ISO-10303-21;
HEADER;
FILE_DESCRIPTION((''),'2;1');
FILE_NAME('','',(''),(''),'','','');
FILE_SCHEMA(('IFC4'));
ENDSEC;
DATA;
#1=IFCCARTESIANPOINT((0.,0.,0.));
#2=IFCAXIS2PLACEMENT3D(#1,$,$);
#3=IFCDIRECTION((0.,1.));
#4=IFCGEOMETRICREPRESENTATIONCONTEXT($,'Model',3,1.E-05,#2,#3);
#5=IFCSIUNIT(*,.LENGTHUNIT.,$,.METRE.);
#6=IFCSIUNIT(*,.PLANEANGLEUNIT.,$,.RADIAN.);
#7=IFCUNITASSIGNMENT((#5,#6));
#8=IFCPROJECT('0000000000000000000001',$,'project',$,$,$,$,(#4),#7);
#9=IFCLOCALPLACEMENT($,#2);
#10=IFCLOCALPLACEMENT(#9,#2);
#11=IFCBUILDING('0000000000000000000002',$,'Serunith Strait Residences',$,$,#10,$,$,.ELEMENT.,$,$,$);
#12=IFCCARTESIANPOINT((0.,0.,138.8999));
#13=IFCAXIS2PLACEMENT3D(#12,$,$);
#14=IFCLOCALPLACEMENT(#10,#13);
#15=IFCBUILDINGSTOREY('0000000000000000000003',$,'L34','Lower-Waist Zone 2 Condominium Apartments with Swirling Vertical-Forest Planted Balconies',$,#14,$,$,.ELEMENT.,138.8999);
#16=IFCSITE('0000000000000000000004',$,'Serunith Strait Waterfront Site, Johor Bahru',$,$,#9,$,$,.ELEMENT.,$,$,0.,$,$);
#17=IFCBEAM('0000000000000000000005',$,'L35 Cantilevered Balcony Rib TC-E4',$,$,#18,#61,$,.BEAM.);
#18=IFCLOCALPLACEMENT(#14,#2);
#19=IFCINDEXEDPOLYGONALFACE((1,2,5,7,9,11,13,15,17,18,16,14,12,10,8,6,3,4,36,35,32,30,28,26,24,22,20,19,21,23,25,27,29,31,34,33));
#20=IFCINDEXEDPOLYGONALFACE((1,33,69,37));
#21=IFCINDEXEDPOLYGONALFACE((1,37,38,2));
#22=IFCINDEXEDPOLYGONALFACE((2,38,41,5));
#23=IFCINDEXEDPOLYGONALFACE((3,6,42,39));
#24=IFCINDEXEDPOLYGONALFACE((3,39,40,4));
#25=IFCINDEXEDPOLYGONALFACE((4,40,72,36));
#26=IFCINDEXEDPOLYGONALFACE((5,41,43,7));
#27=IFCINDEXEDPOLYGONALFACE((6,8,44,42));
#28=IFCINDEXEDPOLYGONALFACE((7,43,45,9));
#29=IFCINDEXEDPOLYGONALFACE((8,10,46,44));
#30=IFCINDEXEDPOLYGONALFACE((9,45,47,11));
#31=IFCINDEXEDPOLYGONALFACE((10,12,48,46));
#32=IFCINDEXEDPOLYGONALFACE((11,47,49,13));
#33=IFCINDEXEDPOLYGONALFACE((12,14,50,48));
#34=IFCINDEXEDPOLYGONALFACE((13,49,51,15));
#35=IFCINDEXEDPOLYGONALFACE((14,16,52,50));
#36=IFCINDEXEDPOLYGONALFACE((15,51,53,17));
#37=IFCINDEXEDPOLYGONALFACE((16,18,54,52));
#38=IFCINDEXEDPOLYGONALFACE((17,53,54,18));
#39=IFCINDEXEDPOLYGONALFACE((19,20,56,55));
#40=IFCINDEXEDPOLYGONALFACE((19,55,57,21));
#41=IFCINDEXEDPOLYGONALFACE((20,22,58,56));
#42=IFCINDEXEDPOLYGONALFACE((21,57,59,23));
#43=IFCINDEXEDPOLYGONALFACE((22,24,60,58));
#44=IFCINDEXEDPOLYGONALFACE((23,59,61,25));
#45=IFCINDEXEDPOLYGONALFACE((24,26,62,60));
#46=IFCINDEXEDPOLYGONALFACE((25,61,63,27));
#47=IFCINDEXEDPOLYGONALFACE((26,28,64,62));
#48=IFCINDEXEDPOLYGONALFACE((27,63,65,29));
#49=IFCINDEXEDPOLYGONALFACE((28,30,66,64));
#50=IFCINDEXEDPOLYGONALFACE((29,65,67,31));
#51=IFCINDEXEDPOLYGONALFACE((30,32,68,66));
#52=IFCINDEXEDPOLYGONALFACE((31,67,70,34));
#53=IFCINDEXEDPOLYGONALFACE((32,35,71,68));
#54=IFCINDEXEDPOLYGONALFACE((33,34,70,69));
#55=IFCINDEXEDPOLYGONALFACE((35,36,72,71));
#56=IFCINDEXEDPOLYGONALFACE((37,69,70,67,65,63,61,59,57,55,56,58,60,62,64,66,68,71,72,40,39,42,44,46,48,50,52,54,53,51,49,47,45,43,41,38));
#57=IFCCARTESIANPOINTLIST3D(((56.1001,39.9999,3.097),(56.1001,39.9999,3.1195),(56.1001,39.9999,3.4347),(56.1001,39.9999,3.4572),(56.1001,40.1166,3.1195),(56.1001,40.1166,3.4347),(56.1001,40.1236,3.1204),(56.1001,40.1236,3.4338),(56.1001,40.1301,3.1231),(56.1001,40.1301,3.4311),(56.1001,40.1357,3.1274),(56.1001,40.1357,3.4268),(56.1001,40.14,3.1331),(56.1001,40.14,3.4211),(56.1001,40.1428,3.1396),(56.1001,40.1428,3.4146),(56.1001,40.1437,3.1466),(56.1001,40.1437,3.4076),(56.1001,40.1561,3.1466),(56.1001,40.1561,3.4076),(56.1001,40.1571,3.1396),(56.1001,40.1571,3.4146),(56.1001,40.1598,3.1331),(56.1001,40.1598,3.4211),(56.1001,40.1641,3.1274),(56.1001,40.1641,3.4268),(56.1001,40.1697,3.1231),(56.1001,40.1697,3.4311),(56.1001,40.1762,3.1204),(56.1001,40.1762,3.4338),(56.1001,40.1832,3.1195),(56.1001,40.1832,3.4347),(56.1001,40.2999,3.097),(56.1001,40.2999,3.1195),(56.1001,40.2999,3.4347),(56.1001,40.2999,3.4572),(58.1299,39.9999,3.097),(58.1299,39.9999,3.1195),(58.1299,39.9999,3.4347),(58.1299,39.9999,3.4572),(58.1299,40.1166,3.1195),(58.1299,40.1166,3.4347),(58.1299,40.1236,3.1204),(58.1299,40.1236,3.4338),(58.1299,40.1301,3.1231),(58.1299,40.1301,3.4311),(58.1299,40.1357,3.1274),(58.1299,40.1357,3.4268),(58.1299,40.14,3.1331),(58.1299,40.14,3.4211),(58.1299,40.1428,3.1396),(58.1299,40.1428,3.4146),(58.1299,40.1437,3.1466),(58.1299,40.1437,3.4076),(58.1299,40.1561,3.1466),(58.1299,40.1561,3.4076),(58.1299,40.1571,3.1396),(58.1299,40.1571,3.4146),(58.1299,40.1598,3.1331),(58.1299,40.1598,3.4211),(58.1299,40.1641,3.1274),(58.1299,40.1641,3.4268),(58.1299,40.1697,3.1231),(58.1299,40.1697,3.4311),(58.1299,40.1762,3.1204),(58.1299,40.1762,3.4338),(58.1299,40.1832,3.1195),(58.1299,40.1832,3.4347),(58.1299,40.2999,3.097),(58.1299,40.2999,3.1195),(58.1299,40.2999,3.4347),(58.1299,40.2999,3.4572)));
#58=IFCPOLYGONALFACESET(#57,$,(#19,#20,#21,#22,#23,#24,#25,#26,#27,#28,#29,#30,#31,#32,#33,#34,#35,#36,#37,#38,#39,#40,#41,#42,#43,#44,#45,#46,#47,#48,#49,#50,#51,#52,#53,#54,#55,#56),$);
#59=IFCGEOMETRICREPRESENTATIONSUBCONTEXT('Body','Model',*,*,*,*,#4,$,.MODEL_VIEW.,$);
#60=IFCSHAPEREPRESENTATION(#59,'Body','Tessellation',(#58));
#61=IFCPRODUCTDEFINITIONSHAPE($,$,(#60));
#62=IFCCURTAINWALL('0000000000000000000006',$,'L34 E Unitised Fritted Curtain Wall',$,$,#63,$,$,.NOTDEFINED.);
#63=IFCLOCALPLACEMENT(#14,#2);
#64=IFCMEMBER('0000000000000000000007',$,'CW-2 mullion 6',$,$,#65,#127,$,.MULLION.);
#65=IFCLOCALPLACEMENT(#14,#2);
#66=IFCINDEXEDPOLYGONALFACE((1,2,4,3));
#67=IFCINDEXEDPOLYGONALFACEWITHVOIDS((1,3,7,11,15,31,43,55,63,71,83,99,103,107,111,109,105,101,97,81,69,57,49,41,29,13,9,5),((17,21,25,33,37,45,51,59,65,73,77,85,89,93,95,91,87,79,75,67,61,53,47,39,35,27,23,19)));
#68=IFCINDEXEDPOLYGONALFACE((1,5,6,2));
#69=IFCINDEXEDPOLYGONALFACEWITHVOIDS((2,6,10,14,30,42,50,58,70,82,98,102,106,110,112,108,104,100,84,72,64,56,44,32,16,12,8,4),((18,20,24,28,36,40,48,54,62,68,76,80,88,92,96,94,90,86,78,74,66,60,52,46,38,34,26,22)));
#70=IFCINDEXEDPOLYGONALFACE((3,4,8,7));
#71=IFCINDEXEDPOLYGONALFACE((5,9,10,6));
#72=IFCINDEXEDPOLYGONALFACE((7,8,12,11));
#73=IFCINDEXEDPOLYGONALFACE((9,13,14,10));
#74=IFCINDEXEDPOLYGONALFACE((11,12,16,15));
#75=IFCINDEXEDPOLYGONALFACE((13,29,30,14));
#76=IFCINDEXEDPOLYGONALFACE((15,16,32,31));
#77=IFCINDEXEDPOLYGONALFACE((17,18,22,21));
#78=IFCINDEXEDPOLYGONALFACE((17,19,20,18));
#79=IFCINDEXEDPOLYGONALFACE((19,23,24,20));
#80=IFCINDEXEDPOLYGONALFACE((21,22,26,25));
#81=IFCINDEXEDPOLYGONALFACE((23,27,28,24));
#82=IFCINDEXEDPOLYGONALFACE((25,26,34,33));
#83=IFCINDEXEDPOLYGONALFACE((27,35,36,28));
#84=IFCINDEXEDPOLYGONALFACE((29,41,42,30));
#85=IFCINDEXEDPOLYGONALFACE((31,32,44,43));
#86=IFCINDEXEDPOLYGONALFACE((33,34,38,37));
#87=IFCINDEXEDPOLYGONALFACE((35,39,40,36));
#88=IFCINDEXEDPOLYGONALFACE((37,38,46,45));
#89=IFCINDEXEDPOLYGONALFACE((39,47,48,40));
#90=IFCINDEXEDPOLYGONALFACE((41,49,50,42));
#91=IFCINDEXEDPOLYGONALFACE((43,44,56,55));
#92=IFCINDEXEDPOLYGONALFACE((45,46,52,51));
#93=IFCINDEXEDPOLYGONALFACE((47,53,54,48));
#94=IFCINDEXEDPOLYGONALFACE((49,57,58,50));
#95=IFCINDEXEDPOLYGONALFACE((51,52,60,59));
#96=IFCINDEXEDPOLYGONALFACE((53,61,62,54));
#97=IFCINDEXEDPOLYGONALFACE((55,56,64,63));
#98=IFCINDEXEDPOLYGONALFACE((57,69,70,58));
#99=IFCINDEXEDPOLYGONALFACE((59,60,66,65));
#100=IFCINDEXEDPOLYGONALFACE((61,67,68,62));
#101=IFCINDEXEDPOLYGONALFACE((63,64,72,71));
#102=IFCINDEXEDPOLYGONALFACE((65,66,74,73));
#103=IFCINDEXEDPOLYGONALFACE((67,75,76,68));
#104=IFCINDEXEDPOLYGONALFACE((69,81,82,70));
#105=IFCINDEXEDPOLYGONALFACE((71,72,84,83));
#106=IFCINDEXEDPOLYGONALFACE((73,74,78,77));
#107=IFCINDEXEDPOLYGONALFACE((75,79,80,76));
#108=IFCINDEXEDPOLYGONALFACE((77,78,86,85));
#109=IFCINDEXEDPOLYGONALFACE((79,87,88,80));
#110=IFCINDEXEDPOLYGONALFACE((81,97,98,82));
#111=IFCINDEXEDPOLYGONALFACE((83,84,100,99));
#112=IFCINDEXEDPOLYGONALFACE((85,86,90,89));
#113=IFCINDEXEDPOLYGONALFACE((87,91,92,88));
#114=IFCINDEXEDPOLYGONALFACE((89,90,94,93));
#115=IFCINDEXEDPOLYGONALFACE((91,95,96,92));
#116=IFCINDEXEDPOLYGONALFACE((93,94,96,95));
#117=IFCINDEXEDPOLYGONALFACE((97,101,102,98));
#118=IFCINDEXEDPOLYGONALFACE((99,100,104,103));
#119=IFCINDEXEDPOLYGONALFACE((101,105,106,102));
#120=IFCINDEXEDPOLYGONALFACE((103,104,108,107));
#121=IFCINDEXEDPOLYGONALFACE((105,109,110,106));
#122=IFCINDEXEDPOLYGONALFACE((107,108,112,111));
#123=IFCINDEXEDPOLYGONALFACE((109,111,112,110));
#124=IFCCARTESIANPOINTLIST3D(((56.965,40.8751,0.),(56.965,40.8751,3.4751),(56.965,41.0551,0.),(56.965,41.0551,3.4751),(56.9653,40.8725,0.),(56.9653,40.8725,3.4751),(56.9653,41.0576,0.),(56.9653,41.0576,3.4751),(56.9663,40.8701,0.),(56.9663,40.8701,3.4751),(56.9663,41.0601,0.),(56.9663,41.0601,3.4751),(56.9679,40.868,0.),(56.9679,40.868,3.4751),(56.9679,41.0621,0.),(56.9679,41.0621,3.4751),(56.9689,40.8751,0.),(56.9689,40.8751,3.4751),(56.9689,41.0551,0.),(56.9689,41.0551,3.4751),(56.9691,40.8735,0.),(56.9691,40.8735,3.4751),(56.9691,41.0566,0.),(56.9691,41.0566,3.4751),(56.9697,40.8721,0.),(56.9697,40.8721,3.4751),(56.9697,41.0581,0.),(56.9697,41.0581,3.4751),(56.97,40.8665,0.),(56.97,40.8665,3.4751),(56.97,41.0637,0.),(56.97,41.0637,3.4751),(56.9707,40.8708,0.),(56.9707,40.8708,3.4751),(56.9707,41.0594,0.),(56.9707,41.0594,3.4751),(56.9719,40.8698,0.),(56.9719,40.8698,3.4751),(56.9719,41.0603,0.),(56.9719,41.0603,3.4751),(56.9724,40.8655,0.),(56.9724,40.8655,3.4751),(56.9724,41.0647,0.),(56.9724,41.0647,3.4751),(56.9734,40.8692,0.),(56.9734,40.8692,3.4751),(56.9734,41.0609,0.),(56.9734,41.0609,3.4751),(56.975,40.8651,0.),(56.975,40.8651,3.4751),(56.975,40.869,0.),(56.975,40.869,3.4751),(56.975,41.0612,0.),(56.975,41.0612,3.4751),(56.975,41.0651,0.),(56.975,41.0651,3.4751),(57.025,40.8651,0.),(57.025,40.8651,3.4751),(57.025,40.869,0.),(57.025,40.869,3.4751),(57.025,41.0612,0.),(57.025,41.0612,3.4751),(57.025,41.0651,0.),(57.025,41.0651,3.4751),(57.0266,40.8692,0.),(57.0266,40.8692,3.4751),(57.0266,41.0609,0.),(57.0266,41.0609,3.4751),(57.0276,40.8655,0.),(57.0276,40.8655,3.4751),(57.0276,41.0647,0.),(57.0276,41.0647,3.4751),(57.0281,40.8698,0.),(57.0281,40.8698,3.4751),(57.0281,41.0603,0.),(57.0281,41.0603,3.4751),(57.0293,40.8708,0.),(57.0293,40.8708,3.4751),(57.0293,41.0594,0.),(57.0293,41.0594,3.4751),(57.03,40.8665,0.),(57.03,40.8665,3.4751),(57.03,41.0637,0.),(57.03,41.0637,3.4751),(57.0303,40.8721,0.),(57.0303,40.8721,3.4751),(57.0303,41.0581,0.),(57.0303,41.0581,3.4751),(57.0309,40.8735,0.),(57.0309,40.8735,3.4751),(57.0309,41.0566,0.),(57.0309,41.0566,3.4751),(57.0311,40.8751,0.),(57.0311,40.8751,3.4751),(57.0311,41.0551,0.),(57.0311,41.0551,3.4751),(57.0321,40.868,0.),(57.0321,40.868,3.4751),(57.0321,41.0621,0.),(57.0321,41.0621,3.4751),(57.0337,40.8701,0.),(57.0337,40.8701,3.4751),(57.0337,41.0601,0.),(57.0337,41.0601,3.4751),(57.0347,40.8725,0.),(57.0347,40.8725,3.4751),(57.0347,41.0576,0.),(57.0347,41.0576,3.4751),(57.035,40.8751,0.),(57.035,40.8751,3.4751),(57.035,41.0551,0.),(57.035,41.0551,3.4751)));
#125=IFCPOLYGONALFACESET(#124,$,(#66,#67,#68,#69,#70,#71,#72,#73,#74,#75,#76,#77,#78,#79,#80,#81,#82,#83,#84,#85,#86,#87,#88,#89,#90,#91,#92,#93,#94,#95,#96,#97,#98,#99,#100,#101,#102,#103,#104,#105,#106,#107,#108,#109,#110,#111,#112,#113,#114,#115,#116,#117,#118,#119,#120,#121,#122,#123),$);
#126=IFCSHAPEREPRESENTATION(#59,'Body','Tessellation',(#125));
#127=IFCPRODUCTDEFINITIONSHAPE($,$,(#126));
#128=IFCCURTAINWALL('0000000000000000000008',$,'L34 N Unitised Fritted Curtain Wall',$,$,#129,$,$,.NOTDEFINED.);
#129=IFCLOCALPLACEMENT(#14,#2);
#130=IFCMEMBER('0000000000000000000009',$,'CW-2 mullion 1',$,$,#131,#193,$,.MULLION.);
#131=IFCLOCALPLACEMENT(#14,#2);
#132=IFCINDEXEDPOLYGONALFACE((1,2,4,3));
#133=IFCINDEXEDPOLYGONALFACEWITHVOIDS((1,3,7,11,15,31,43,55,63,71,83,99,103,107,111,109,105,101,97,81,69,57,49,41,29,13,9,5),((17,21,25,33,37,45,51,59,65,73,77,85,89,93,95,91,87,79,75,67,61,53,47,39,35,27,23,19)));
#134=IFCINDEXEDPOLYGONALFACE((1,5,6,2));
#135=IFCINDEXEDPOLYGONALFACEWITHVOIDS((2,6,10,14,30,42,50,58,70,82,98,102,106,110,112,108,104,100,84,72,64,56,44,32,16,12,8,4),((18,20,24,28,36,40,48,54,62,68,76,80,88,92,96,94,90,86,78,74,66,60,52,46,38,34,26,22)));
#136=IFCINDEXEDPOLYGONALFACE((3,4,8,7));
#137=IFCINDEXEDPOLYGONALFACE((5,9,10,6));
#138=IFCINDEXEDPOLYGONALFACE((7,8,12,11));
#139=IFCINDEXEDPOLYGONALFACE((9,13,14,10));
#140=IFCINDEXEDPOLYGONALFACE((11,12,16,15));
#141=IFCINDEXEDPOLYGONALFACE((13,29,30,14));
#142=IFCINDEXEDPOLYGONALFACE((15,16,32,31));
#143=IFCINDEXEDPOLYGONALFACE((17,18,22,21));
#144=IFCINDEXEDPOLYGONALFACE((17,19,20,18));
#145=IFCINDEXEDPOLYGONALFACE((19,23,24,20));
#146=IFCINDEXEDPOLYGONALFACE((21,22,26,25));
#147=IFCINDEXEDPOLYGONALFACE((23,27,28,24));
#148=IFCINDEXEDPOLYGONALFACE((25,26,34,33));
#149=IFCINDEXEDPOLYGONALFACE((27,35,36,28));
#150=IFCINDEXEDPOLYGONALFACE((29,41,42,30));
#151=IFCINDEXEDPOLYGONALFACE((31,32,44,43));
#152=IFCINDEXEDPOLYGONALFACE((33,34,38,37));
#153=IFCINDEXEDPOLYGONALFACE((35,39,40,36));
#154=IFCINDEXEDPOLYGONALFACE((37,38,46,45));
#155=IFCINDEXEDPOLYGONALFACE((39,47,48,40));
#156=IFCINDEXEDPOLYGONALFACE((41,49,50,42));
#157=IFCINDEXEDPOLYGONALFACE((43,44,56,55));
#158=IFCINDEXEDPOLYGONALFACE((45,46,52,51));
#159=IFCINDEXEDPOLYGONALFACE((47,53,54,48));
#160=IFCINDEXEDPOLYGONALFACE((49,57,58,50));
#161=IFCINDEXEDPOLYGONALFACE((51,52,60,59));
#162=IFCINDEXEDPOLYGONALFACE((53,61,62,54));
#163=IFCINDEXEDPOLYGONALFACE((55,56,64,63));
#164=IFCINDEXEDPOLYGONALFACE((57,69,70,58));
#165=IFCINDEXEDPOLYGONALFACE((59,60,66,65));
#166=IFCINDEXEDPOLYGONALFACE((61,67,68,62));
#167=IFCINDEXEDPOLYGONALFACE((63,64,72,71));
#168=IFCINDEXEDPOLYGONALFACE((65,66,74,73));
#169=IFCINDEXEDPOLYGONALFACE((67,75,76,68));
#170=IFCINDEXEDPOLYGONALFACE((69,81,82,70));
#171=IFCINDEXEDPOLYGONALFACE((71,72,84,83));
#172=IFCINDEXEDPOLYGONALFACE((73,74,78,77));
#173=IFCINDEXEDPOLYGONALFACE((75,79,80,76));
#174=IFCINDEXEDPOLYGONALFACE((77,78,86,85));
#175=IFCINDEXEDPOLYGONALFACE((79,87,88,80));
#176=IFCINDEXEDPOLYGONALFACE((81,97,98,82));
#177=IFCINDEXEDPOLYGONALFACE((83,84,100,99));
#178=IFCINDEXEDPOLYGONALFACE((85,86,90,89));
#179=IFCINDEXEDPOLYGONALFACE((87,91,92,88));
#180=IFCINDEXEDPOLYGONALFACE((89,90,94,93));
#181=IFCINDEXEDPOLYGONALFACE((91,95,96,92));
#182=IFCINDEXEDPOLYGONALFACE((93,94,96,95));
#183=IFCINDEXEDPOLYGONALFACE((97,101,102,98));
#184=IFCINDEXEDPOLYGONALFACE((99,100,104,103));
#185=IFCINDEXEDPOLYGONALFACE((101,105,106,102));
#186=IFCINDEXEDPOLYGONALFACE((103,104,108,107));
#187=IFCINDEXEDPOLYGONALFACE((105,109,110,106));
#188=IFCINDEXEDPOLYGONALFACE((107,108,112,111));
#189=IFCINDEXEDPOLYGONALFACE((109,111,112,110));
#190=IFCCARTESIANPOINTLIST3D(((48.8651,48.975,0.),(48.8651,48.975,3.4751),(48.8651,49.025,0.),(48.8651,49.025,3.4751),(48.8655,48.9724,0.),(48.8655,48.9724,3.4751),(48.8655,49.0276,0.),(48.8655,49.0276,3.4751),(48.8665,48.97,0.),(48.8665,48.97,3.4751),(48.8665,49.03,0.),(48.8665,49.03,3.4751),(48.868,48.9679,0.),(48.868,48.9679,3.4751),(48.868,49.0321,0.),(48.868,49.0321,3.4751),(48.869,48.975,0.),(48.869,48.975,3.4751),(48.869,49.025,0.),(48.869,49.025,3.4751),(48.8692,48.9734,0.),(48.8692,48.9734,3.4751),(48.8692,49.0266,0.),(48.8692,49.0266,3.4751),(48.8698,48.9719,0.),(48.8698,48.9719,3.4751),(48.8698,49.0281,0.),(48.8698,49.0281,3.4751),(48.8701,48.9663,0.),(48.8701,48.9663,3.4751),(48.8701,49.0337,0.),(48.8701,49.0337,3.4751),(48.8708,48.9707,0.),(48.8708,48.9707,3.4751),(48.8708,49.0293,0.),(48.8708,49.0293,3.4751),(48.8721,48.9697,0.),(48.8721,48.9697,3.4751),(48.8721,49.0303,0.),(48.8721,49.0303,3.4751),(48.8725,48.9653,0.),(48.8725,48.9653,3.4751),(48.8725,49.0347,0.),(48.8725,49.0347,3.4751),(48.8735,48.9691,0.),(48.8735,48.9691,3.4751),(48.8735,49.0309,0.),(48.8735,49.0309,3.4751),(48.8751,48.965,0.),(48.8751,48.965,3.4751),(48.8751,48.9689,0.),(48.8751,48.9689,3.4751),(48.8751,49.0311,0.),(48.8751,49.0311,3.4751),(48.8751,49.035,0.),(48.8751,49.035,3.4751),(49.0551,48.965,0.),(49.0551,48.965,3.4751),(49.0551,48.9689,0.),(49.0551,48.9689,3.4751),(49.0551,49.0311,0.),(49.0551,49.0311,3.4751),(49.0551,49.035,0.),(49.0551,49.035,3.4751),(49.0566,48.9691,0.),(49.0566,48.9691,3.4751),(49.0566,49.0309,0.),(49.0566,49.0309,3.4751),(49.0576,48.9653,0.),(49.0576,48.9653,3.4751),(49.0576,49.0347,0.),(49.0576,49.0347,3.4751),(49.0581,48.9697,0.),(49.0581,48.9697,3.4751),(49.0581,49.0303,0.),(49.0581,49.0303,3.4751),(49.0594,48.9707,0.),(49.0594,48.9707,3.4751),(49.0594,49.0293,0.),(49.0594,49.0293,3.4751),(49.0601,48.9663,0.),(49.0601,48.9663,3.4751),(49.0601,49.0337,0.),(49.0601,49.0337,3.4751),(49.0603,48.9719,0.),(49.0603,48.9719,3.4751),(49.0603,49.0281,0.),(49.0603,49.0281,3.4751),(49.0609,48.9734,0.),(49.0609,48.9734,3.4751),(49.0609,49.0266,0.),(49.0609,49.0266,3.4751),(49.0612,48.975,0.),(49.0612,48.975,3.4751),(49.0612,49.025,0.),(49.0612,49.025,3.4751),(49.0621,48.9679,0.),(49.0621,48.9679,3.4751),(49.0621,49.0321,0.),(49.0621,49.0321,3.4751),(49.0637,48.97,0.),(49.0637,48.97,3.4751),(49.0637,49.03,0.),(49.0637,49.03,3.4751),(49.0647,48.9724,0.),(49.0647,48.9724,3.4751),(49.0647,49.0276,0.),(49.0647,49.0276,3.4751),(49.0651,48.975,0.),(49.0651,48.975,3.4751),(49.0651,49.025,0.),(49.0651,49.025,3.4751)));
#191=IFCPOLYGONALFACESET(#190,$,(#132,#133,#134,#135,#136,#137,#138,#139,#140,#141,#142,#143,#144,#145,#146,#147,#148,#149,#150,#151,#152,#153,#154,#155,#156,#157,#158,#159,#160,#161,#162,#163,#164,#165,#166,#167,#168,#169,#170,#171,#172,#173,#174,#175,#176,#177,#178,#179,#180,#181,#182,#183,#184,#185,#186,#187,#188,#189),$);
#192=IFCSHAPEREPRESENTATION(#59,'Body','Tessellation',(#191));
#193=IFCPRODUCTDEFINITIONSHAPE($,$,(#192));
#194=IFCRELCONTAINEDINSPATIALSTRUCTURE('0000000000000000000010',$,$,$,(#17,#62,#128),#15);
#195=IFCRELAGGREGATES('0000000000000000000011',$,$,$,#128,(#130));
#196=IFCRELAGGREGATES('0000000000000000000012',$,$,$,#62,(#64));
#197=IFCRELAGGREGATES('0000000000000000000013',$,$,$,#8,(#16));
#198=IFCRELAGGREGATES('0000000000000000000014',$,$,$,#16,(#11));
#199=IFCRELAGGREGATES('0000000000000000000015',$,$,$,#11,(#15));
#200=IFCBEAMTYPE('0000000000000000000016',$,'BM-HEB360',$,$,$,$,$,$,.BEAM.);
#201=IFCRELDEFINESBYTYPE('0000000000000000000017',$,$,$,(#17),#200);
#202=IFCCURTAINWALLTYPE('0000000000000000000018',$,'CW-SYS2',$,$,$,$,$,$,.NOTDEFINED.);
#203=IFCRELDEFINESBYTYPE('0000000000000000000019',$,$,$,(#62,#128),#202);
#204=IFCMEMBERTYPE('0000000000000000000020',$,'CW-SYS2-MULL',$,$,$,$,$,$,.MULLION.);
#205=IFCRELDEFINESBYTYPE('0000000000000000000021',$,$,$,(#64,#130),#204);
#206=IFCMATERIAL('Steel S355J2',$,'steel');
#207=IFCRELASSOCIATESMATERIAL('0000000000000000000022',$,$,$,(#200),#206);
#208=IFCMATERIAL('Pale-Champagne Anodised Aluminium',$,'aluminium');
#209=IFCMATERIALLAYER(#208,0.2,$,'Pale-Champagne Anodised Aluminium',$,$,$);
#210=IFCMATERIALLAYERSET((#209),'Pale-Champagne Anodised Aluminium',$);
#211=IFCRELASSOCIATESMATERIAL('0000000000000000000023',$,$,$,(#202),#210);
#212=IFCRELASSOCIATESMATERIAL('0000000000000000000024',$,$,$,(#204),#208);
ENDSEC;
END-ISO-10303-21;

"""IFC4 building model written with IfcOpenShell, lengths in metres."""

from ifc_helpers import new_model, si_unit, direction, frame, origin, origin_2d, place, context, subcontext, project, spatial, hollow_rectangle, i_section, extrude, source, transform, mapped, material, layer, layer_set, material_profile, profile_set, type_object, element, aggregate, save


model = new_model("IFC4")

# Units and contexts
model_context = context("Model", 3, precision=1e-05, world=origin(), true_north=direction((0.0, 1.0)))
body_context = subcontext(model_context, "Body", "Model", "MODEL_VIEW")
ifc_project = project(units=[si_unit("LENGTHUNIT", "METRE"), si_unit("PLANEANGLEUNIT", "RADIAN")], contexts=[model_context])

# Site, building, storey
site_placement = place(None, origin())
site = spatial("IfcSite", under=ifc_project, at=site_placement, Name="Serunith Strait Waterfront Site, Johor Bahru", CompositionType="ELEMENT", RefElevation=0.0)
building_placement = place(site_placement, origin())
building = spatial("IfcBuilding", under=site, at=building_placement, Name="Serunith Strait Residences", CompositionType="ELEMENT")
storey_placement = place(building_placement, frame((0.0, 0.0, 138.8999)))
storey = spatial("IfcBuildingStorey", under=building, at=storey_placement, Name="L34", Description="Lower-Waist Zone 2 Condominium Apartments with Swirling Vertical-Forest Planted Balconies", CompositionType="ELEMENT", Elevation=138.8999)

# Beam
ifc_material_1 = material(Name="Steel S355J2", Category="steel")
ifc_material_profile_1 = material_profile(ifc_material_1, i_section(OverallWidth=0.3, OverallDepth=0.3601, WebThickness=0.0125, FlangeThickness=0.0225, FilletRadius=0.0271, at=origin_2d()), Name="HEB 360")
ifc_profile_set_1 = profile_set([ifc_material_profile_1], Name="Steel S355J2")
beam_type_1 = type_object("IfcBeamType", Name="BM-HEB360", PredefinedType="BEAM", material=ifc_profile_set_1)
shared_shape_1 = source(origin(), body_context, "Body", "SweptSolid", [
    extrude(i_section(OverallWidth=0.3, OverallDepth=0.3601, WebThickness=0.0125, FlangeThickness=0.0225, FilletRadius=0.0271, at=origin_2d()), origin(), (0.0, 0.0, 1.0), 2.0298),
])
for number, where, z_axis, x_axis, name in (
    (1, (56.1001, 40.1499, 3.2771), (1.0, 0.0, 0.0), (0.0, 1.0, 0.0), "L35 Cantilevered Balcony Rib TC-E4"),
):
    element("IfcBeam", number, at=place(storey_placement, frame(where, z_axis=z_axis, x_axis=x_axis)), inside=storey, type_object=beam_type_1, Name=name, PredefinedType="BEAM", context=body_context, shape_type="MappedRepresentation", body=[
        mapped(shared_shape_1, transform((0.0, 0.0, 0.0), scale=1.0)),
    ])

# Curtain wall, member
ifc_material_2 = material(Name="Pale-Champagne Anodised Aluminium", Category="aluminium")
ifc_layer_1 = layer(ifc_material_2, 0.2, Name="Pale-Champagne Anodised Aluminium")
ifc_layer_set_1 = layer_set([ifc_layer_1], Name="Pale-Champagne Anodised Aluminium")
curtain_wall_type = type_object("IfcCurtainWallType", Name="CW-SYS2", PredefinedType="NOTDEFINED", material=ifc_layer_set_1)
curtain_wall_1_placement = place(storey_placement, origin())
curtain_wall_1 = element("IfcCurtainWall", 2, at=curtain_wall_1_placement, inside=storey, type_object=curtain_wall_type, Name="L34 E Unitised Fritted Curtain Wall", PredefinedType="NOTDEFINED")
ifc_material_profile_2 = material_profile(ifc_material_2, hollow_rectangle(XDim=0.0701, YDim=0.2, WallThickness=0.0039, InnerFilletRadius=0.0061, OuterFilletRadius=0.01, at=origin_2d()), Name="ALU 200x70x4")
ifc_profile_set_2 = profile_set([ifc_material_profile_2], Name="Pale-Champagne Anodised Aluminium")
member_type_1 = type_object("IfcMemberType", Name="CW-SYS2-MULL", PredefinedType="MULLION", material=ifc_profile_set_2)
shared_shape_2 = source(origin(), body_context, "Body", "SweptSolid", [
    extrude(hollow_rectangle(XDim=0.0701, YDim=0.2, WallThickness=0.0039, InnerFilletRadius=0.0061, OuterFilletRadius=0.01, at=origin_2d()), origin(), (0.0, 0.0, 1.0), 3.4751),
])
member_1_placement = place(storey_placement, frame((57.0, 40.9651, 0.0), z_axis=(0.0, 0.0, 1.0), x_axis=(-1.0, 0.0, 0.0)))
member_1 = element("IfcMember", 3, at=member_1_placement, type_object=member_type_1, Name="CW-2 mullion 6", PredefinedType="MULLION", context=body_context, shape_type="MappedRepresentation", body=[
    mapped(shared_shape_2, transform((0.0, 0.0, 0.0), scale=1.0)),
])

# Curtain wall, member
curtain_wall_2_placement = place(storey_placement, origin())
curtain_wall_2 = element("IfcCurtainWall", 4, at=curtain_wall_2_placement, inside=storey, type_object=curtain_wall_type, Name="L34 N Unitised Fritted Curtain Wall", PredefinedType="NOTDEFINED")
member_2_placement = place(storey_placement, frame((48.9651, 49.0, 0.0), z_axis=(0.0, 0.0, 1.0), x_axis=(0.0, -1.0, 0.0)))
member_2 = element("IfcMember", 5, at=member_2_placement, type_object=member_type_1, Name="CW-2 mullion 1", PredefinedType="MULLION", context=body_context, shape_type="MappedRepresentation", body=[
    mapped(shared_shape_2, transform((0.0, 0.0, 0.0), scale=1.0)),
])
aggregate(curtain_wall_2, [member_2])

aggregate(curtain_wall_1, [member_1])

save(model, "model.ifc")
